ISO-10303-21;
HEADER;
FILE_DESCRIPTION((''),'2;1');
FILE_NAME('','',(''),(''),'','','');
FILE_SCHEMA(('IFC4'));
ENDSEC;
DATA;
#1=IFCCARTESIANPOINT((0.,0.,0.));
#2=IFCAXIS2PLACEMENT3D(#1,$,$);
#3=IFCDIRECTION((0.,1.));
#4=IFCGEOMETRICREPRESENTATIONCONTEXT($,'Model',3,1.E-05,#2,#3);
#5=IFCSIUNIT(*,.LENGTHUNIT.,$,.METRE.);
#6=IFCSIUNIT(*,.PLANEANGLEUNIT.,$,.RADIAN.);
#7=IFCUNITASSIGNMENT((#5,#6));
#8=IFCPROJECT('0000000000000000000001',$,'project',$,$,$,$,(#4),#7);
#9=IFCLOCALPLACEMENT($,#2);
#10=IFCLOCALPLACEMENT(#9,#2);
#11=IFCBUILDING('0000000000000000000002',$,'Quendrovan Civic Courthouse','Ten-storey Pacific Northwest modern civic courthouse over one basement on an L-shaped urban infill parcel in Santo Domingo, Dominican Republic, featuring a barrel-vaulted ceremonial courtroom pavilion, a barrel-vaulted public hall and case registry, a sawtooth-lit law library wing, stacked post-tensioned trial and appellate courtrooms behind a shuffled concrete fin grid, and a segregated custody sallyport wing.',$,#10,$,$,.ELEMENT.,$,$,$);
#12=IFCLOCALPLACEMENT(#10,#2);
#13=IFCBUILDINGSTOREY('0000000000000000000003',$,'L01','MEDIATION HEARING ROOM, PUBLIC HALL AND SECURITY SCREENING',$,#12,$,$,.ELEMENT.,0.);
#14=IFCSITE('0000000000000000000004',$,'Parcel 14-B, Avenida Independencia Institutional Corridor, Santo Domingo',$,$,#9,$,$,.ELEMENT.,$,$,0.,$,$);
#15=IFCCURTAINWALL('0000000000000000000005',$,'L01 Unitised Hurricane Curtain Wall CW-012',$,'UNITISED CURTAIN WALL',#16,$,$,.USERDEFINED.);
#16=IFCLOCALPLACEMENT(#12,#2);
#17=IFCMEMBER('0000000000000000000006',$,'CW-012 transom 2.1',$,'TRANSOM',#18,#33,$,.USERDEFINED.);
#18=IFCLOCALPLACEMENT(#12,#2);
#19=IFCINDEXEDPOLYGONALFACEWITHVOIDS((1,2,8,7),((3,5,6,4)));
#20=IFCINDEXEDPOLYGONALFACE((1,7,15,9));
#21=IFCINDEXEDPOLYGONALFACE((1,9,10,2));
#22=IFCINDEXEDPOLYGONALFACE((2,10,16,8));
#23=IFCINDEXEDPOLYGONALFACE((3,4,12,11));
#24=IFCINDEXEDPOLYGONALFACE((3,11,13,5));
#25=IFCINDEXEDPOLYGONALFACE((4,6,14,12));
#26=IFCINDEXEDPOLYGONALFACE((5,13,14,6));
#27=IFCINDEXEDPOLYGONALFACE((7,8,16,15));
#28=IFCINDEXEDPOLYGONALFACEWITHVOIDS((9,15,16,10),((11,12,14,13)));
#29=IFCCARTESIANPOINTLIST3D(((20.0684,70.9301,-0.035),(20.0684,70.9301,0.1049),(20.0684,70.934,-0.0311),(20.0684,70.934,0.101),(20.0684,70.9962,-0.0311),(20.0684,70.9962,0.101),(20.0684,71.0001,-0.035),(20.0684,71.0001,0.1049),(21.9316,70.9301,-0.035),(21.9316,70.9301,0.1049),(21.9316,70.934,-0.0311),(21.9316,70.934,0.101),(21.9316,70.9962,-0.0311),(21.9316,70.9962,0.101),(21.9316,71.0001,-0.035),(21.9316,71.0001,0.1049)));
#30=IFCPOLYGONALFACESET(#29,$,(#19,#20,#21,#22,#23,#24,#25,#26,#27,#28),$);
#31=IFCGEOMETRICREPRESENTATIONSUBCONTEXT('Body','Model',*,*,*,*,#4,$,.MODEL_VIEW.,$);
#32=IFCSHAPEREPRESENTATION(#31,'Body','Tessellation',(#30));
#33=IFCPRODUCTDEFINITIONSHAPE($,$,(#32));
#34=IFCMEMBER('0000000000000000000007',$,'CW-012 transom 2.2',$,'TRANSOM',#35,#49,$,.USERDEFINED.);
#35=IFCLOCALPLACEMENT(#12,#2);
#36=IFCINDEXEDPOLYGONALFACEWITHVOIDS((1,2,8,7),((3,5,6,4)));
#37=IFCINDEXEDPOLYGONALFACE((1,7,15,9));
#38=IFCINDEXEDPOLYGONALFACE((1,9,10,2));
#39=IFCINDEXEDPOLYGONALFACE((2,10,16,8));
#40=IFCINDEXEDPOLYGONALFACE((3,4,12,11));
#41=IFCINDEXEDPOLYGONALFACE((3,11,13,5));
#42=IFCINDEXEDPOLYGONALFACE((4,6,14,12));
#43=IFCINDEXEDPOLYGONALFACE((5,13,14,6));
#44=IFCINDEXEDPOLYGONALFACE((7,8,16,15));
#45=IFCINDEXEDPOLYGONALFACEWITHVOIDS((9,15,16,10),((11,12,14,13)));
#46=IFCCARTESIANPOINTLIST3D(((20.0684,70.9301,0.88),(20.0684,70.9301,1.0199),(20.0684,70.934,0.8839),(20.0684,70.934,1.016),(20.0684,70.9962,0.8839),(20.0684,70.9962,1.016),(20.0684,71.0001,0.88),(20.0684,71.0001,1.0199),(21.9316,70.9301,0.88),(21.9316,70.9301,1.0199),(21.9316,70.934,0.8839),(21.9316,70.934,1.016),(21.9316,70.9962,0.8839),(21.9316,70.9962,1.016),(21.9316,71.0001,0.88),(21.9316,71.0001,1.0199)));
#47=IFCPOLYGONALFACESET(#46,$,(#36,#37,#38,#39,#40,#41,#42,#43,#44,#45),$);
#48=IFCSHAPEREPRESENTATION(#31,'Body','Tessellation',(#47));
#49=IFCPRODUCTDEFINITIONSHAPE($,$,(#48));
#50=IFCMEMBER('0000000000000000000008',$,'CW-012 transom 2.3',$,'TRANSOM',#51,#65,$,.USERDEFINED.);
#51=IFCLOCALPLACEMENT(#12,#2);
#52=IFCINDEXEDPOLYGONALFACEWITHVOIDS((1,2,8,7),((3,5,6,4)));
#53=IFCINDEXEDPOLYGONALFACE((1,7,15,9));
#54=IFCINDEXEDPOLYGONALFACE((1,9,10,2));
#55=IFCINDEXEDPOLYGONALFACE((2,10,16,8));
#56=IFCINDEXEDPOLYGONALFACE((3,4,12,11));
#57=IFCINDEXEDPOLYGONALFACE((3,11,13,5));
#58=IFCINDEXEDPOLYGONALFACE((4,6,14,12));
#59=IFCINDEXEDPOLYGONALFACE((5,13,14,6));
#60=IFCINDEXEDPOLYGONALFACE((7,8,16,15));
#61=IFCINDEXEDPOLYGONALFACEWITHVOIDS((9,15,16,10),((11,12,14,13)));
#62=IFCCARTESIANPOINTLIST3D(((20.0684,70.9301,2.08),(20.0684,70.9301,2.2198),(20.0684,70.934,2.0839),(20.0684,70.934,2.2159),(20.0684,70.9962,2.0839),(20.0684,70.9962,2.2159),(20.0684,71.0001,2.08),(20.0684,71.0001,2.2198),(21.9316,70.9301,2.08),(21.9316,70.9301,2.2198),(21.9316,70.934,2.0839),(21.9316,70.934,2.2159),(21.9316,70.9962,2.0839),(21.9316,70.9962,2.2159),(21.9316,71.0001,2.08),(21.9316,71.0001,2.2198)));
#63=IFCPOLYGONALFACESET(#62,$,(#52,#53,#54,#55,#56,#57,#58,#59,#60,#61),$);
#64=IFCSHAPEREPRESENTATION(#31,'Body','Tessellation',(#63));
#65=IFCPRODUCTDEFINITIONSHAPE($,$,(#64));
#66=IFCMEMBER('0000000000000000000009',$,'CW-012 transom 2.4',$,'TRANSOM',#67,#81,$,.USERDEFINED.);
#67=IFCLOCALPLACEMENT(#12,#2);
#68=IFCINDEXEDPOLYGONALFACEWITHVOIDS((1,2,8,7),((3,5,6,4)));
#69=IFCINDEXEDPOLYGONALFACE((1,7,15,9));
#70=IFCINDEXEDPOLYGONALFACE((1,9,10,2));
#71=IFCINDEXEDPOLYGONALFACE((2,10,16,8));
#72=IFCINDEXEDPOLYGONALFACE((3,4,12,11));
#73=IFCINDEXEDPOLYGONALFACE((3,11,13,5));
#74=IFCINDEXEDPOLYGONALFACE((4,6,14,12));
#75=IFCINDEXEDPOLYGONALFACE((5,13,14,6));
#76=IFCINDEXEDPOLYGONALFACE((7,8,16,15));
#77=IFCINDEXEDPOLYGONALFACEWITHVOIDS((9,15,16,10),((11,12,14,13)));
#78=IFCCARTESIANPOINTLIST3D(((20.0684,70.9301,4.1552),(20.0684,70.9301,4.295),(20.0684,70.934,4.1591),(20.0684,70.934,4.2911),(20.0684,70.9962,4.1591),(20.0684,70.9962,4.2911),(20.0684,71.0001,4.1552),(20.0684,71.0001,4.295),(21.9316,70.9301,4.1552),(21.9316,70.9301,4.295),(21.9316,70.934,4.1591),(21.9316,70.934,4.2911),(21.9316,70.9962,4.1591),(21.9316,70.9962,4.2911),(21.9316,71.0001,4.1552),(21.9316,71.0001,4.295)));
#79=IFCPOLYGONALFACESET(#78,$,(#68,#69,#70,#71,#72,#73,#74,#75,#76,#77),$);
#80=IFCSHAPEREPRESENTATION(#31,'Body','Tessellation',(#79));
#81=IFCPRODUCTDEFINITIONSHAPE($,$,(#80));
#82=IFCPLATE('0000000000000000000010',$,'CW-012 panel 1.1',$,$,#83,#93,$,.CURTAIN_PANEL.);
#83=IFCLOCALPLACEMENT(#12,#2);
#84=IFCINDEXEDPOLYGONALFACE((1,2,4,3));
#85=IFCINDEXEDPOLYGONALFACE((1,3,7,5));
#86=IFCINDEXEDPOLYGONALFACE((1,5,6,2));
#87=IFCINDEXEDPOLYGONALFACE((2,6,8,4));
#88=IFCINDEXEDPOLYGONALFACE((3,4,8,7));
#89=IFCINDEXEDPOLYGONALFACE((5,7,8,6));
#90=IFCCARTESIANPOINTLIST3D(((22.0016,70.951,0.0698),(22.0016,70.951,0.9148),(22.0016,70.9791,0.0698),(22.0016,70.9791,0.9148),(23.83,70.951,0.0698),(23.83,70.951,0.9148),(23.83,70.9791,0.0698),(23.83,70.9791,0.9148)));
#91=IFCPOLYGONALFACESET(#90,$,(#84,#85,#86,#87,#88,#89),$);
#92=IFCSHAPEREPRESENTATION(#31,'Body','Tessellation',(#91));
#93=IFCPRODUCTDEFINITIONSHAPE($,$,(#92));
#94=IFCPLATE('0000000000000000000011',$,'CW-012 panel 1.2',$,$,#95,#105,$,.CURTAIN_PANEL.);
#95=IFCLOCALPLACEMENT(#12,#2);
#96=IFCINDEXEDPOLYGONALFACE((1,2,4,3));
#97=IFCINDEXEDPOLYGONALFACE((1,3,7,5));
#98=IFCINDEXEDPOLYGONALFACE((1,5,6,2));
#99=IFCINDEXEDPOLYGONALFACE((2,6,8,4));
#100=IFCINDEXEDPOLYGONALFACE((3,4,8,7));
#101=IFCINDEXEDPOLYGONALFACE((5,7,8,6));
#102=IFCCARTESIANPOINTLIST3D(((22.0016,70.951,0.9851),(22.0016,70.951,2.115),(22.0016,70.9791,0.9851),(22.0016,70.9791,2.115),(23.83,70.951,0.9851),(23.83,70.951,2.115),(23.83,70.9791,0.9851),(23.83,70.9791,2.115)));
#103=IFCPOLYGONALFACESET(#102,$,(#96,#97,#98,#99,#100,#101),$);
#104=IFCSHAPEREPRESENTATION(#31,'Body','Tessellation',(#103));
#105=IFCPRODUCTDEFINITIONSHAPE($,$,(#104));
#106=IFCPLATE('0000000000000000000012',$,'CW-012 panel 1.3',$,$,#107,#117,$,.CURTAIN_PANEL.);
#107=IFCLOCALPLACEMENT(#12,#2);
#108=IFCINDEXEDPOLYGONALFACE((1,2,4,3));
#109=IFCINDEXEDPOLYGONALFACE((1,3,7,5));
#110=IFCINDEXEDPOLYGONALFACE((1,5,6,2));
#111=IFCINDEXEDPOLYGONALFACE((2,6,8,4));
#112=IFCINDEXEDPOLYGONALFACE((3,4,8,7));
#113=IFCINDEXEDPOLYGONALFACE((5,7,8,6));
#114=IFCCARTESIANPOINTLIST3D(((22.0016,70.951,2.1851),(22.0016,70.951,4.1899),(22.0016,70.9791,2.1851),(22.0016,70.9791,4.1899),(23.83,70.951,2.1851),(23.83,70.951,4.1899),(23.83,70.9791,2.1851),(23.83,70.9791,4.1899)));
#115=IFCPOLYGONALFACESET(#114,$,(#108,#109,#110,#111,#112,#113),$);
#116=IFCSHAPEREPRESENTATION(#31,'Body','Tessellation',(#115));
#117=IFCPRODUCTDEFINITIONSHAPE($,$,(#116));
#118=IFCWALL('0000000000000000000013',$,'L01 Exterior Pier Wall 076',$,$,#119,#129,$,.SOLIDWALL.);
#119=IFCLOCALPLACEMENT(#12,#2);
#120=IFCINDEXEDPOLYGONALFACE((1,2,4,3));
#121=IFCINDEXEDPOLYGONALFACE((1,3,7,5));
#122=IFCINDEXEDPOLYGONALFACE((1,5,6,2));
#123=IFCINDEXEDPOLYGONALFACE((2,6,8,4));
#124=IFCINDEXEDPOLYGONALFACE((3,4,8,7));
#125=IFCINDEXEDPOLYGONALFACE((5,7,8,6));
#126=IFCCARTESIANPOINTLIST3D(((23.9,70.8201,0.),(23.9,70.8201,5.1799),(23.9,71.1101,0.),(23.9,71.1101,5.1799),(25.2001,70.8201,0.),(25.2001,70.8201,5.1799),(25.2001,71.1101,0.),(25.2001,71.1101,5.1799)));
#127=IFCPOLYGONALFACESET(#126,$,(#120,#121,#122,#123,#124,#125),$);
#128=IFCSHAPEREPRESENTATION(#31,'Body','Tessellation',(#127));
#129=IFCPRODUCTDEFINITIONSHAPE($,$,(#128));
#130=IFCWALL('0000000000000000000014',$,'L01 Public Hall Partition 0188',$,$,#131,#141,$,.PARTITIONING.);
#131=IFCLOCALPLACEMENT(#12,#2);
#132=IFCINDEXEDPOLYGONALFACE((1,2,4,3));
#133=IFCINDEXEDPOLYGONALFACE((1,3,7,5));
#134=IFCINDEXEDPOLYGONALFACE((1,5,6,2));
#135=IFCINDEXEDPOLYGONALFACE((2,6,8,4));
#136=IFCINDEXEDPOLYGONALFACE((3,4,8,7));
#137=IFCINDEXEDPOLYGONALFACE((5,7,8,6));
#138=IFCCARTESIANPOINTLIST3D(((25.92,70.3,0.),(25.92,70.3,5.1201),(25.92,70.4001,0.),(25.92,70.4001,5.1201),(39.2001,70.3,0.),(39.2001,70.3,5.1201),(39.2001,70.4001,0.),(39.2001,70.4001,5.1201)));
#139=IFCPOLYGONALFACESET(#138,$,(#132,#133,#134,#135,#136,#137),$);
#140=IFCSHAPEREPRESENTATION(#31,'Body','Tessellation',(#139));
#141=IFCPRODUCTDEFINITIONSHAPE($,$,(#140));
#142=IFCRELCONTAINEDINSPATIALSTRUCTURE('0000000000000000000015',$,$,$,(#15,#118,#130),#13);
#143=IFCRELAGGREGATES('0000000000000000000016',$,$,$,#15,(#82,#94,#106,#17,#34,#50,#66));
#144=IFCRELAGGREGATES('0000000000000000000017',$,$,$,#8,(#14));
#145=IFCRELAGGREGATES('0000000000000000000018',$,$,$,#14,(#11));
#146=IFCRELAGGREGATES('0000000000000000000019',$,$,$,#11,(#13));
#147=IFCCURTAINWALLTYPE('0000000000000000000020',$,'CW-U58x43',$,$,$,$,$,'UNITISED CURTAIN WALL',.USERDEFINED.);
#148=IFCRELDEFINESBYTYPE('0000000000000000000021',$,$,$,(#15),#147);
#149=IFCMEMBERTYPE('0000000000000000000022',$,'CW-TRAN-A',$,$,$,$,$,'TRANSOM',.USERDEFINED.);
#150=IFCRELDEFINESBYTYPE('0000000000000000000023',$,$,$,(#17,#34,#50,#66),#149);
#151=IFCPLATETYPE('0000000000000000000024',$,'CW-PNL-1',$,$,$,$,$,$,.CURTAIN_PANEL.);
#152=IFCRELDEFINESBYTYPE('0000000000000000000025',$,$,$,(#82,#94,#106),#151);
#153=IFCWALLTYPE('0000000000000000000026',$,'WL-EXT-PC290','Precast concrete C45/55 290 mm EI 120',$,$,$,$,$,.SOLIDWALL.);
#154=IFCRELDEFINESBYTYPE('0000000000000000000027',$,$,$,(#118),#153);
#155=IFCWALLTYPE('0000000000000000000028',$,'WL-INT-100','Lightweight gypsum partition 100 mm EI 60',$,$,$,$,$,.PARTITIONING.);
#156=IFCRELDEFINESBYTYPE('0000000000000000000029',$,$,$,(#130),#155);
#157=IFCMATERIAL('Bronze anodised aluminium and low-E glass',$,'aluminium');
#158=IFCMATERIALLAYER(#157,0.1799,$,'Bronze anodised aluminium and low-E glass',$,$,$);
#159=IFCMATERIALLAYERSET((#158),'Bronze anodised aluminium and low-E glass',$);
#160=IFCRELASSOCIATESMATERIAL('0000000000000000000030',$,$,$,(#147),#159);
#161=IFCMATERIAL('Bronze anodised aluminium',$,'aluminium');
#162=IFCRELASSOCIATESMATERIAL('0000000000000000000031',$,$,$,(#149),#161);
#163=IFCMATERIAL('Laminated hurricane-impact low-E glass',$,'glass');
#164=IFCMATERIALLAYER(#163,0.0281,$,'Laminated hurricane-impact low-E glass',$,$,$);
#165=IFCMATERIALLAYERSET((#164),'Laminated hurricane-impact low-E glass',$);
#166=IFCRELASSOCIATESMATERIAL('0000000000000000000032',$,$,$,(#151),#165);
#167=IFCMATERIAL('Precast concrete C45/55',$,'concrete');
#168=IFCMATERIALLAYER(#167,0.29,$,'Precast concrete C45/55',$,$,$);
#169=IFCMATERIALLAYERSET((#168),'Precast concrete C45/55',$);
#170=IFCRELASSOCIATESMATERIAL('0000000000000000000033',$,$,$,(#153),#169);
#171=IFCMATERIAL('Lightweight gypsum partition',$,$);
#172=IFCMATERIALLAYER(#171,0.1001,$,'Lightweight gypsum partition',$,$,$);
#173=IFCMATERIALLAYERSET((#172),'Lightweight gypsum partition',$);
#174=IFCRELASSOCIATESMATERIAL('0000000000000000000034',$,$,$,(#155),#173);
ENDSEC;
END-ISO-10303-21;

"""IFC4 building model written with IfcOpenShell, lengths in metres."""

from ifc_helpers import new_model, si_unit, direction, frame, frame_2d, origin, origin_2d, place, context, subcontext, project, spatial, rectangle, hollow_rectangle, extrude, material, layer, layer_set, material_profile, profile_set, type_object, element, aggregate, save


model = new_model("IFC4")

# Units and contexts
model_context = context("Model", 3, precision=1e-05, world=origin(), true_north=direction((0.0, 1.0)))
body_context = subcontext(model_context, "Body", "Model", "MODEL_VIEW")
ifc_project = project(units=[si_unit("LENGTHUNIT", "METRE"), si_unit("PLANEANGLEUNIT", "RADIAN")], contexts=[model_context])

# Site, building, storey
site_placement = place(None, origin())
site = spatial("IfcSite", under=ifc_project, at=site_placement, Name="Parcel 14-B, Avenida Independencia Institutional Corridor, Santo Domingo", CompositionType="ELEMENT", RefElevation=0.0)
building_placement = place(site_placement, origin())
building = spatial("IfcBuilding", under=site, at=building_placement, Name="Quendrovan Civic Courthouse", Description="Ten-storey Pacific Northwest modern civic courthouse over one basement on an L-shaped urban infill parcel in Santo Domingo, Dominican Republic, featuring a barrel-vaulted ceremonial courtroom pavilion, a barrel-vaulted public hall and case registry, a sawtooth-lit law library wing, stacked post-tensioned trial and appellate courtrooms behind a shuffled concrete fin grid, and a segregated custody sallyport wing.", CompositionType="ELEMENT")
storey_placement = place(building_placement, origin())
storey = spatial("IfcBuildingStorey", under=building, at=storey_placement, Name="L01", Description="MEDIATION HEARING ROOM, PUBLIC HALL AND SECURITY SCREENING", CompositionType="ELEMENT", Elevation=0.0)

# Curtain wall, members, plates
ifc_material_1 = material(Name="Bronze anodised aluminium and low-E glass", Category="aluminium")
ifc_layer_1 = layer(ifc_material_1, 0.1799, Name="Bronze anodised aluminium and low-E glass")
ifc_layer_set_1 = layer_set([ifc_layer_1], Name="Bronze anodised aluminium and low-E glass")
curtain_wall_type = type_object("IfcCurtainWallType", Name="CW-U58x43", ElementType="UNITISED CURTAIN WALL", PredefinedType="USERDEFINED", material=ifc_layer_set_1)
curtain_wall_placement = place(storey_placement, origin())
curtain_wall = element("IfcCurtainWall", 1, at=curtain_wall_placement, inside=storey, type_object=curtain_wall_type, Name="L01 Unitised Hurricane Curtain Wall CW-012", ObjectType="UNITISED CURTAIN WALL", PredefinedType="USERDEFINED")
ifc_material_2 = material(Name="Bronze anodised aluminium", Category="aluminium")
ifc_material_profile_1 = material_profile(ifc_material_2, hollow_rectangle(XDim=0.0701, YDim=0.1399, WallThickness=0.0039, at=origin_2d()), Name="CW-TRAN-70x140")
ifc_profile_set_1 = profile_set([ifc_material_profile_1], Name="Bronze anodised aluminium")
member_type_1 = type_object("IfcMemberType", Name="CW-TRAN-A", ElementType="TRANSOM", PredefinedType="USERDEFINED", material=ifc_profile_set_1)
member_1_placement = place(storey_placement, frame((21.9316, 70.9651, 0.0349), z_axis=(-1.0, 0.0, 0.0), x_axis=(0.0, -1.0, 0.0)))
member_1 = element("IfcMember", 2, at=member_1_placement, type_object=member_type_1, Name="CW-012 transom 2.1", ObjectType="TRANSOM", PredefinedType="USERDEFINED", context=body_context, shape_type="SweptSolid", body=[
    extrude(hollow_rectangle(XDim=0.0701, YDim=0.1399, WallThickness=0.0039, at=origin_2d()), origin(), (0.0, 0.0, 1.0), 1.8633),
])
member_2_placement = place(storey_placement, frame((21.9316, 70.9651, 0.95), z_axis=(-1.0, 0.0, 0.0), x_axis=(0.0, -1.0, 0.0)))
member_2 = element("IfcMember", 3, at=member_2_placement, type_object=member_type_1, Name="CW-012 transom 2.2", ObjectType="TRANSOM", PredefinedType="USERDEFINED", context=body_context, shape_type="SweptSolid", body=[
    extrude(hollow_rectangle(XDim=0.0701, YDim=0.1399, WallThickness=0.0039, at=origin_2d()), origin(), (0.0, 0.0, 1.0), 1.8633),
])
member_3_placement = place(storey_placement, frame((21.9316, 70.9651, 2.1499), z_axis=(-1.0, 0.0, 0.0), x_axis=(0.0, -1.0, 0.0)))
member_3 = element("IfcMember", 4, at=member_3_placement, type_object=member_type_1, Name="CW-012 transom 2.3", ObjectType="TRANSOM", PredefinedType="USERDEFINED", context=body_context, shape_type="SweptSolid", body=[
    extrude(hollow_rectangle(XDim=0.0701, YDim=0.1399, WallThickness=0.0039, at=origin_2d()), origin(), (0.0, 0.0, 1.0), 1.8633),
])
member_4_placement = place(storey_placement, frame((21.9316, 70.9651, 4.2251), z_axis=(-1.0, 0.0, 0.0), x_axis=(0.0, -1.0, 0.0)))
member_4 = element("IfcMember", 5, at=member_4_placement, type_object=member_type_1, Name="CW-012 transom 2.4", ObjectType="TRANSOM", PredefinedType="USERDEFINED", context=body_context, shape_type="SweptSolid", body=[
    extrude(hollow_rectangle(XDim=0.0701, YDim=0.1399, WallThickness=0.0039, at=origin_2d()), origin(), (0.0, 0.0, 1.0), 1.8633),
])
ifc_material_3 = material(Name="Laminated hurricane-impact low-E glass", Category="glass")
ifc_layer_2 = layer(ifc_material_3, 0.0281, Name="Laminated hurricane-impact low-E glass")
ifc_layer_set_2 = layer_set([ifc_layer_2], Name="Laminated hurricane-impact low-E glass")
plate_type = type_object("IfcPlateType", Name="CW-PNL-1", PredefinedType="CURTAIN_PANEL", material=ifc_layer_set_2)
plate_1_placement = place(storey_placement, frame((22.9158, 70.9651, 0.0698), z_axis=(0.0, 0.0, 1.0), x_axis=(-1.0, 0.0, 0.0)))
plate_1 = element("IfcPlate", 6, at=plate_1_placement, type_object=plate_type, Name="CW-012 panel 1.1", PredefinedType="CURTAIN_PANEL", context=body_context, shape_type="SweptSolid", body=[
    extrude(rectangle(XDim=1.8284, YDim=0.0281, at=origin_2d()), origin(), (0.0, 0.0, 1.0), 0.845),
])
plate_2_placement = place(storey_placement, frame((22.9158, 70.9651, 0.9851), z_axis=(0.0, 0.0, 1.0), x_axis=(-1.0, 0.0, 0.0)))
plate_2 = element("IfcPlate", 7, at=plate_2_placement, type_object=plate_type, Name="CW-012 panel 1.2", PredefinedType="CURTAIN_PANEL", context=body_context, shape_type="SweptSolid", body=[
    extrude(rectangle(XDim=1.8284, YDim=0.0281, at=origin_2d()), origin(), (0.0, 0.0, 1.0), 1.1299),
])
plate_3_placement = place(storey_placement, frame((22.9158, 70.9651, 2.1851), z_axis=(0.0, 0.0, 1.0), x_axis=(-1.0, 0.0, 0.0)))
plate_3 = element("IfcPlate", 8, at=plate_3_placement, type_object=plate_type, Name="CW-012 panel 1.3", PredefinedType="CURTAIN_PANEL", context=body_context, shape_type="SweptSolid", body=[
    extrude(rectangle(XDim=1.8284, YDim=0.0281, at=origin_2d()), origin(), (0.0, 0.0, 1.0), 2.0049),
])
aggregate(curtain_wall, [plate_1, plate_2, plate_3, member_1, member_2, member_3, member_4])

# Walls
ifc_material_4 = material(Name="Precast concrete C45/55", Category="concrete")
ifc_layer_3 = layer(ifc_material_4, 0.29, Name="Precast concrete C45/55")
ifc_layer_set_3 = layer_set([ifc_layer_3], Name="Precast concrete C45/55")
wall_type_1 = type_object("IfcWallType", Name="WL-EXT-PC290", Description="Precast concrete C45/55 290 mm EI 120", PredefinedType="SOLIDWALL", material=ifc_layer_set_3)
wall_1_placement = place(storey_placement, frame((25.2, 70.9651, 0.0), z_axis=(0.0, 0.0, 1.0), x_axis=(-1.0, 0.0, 0.0)))
element("IfcWall", 9, at=wall_1_placement, inside=storey, type_object=wall_type_1, Name="L01 Exterior Pier Wall 076", PredefinedType="SOLIDWALL", context=body_context, shape_type="SweptSolid", body=[
    extrude(rectangle(XDim=1.3, YDim=0.29, at=frame_2d((0.6499, 0.0))), origin(), (0.0, 0.0, 1.0), 5.1799),
])
ifc_material_5 = material(Name="Lightweight gypsum partition")
ifc_layer_4 = layer(ifc_material_5, 0.1001, Name="Lightweight gypsum partition")
ifc_layer_set_4 = layer_set([ifc_layer_4], Name="Lightweight gypsum partition")
wall_type_2 = type_object("IfcWallType", Name="WL-INT-100", Description="Lightweight gypsum partition 100 mm EI 60", PredefinedType="PARTITIONING", material=ifc_layer_set_4)
wall_2_placement = place(storey_placement, frame((25.9199, 70.3501, 0.0), z_axis=(0.0, 0.0, 1.0), x_axis=(1.0, 0.0, 0.0)))
element("IfcWall", 10, at=wall_2_placement, inside=storey, type_object=wall_type_2, Name="L01 Public Hall Partition 0188", PredefinedType="PARTITIONING", context=body_context, shape_type="SweptSolid", body=[
    extrude(rectangle(XDim=13.28, YDim=0.1001, at=frame_2d((6.6401, 0.0))), origin(), (0.0, 0.0, 1.0), 5.1201),
])

save(model, "model.ifc")
